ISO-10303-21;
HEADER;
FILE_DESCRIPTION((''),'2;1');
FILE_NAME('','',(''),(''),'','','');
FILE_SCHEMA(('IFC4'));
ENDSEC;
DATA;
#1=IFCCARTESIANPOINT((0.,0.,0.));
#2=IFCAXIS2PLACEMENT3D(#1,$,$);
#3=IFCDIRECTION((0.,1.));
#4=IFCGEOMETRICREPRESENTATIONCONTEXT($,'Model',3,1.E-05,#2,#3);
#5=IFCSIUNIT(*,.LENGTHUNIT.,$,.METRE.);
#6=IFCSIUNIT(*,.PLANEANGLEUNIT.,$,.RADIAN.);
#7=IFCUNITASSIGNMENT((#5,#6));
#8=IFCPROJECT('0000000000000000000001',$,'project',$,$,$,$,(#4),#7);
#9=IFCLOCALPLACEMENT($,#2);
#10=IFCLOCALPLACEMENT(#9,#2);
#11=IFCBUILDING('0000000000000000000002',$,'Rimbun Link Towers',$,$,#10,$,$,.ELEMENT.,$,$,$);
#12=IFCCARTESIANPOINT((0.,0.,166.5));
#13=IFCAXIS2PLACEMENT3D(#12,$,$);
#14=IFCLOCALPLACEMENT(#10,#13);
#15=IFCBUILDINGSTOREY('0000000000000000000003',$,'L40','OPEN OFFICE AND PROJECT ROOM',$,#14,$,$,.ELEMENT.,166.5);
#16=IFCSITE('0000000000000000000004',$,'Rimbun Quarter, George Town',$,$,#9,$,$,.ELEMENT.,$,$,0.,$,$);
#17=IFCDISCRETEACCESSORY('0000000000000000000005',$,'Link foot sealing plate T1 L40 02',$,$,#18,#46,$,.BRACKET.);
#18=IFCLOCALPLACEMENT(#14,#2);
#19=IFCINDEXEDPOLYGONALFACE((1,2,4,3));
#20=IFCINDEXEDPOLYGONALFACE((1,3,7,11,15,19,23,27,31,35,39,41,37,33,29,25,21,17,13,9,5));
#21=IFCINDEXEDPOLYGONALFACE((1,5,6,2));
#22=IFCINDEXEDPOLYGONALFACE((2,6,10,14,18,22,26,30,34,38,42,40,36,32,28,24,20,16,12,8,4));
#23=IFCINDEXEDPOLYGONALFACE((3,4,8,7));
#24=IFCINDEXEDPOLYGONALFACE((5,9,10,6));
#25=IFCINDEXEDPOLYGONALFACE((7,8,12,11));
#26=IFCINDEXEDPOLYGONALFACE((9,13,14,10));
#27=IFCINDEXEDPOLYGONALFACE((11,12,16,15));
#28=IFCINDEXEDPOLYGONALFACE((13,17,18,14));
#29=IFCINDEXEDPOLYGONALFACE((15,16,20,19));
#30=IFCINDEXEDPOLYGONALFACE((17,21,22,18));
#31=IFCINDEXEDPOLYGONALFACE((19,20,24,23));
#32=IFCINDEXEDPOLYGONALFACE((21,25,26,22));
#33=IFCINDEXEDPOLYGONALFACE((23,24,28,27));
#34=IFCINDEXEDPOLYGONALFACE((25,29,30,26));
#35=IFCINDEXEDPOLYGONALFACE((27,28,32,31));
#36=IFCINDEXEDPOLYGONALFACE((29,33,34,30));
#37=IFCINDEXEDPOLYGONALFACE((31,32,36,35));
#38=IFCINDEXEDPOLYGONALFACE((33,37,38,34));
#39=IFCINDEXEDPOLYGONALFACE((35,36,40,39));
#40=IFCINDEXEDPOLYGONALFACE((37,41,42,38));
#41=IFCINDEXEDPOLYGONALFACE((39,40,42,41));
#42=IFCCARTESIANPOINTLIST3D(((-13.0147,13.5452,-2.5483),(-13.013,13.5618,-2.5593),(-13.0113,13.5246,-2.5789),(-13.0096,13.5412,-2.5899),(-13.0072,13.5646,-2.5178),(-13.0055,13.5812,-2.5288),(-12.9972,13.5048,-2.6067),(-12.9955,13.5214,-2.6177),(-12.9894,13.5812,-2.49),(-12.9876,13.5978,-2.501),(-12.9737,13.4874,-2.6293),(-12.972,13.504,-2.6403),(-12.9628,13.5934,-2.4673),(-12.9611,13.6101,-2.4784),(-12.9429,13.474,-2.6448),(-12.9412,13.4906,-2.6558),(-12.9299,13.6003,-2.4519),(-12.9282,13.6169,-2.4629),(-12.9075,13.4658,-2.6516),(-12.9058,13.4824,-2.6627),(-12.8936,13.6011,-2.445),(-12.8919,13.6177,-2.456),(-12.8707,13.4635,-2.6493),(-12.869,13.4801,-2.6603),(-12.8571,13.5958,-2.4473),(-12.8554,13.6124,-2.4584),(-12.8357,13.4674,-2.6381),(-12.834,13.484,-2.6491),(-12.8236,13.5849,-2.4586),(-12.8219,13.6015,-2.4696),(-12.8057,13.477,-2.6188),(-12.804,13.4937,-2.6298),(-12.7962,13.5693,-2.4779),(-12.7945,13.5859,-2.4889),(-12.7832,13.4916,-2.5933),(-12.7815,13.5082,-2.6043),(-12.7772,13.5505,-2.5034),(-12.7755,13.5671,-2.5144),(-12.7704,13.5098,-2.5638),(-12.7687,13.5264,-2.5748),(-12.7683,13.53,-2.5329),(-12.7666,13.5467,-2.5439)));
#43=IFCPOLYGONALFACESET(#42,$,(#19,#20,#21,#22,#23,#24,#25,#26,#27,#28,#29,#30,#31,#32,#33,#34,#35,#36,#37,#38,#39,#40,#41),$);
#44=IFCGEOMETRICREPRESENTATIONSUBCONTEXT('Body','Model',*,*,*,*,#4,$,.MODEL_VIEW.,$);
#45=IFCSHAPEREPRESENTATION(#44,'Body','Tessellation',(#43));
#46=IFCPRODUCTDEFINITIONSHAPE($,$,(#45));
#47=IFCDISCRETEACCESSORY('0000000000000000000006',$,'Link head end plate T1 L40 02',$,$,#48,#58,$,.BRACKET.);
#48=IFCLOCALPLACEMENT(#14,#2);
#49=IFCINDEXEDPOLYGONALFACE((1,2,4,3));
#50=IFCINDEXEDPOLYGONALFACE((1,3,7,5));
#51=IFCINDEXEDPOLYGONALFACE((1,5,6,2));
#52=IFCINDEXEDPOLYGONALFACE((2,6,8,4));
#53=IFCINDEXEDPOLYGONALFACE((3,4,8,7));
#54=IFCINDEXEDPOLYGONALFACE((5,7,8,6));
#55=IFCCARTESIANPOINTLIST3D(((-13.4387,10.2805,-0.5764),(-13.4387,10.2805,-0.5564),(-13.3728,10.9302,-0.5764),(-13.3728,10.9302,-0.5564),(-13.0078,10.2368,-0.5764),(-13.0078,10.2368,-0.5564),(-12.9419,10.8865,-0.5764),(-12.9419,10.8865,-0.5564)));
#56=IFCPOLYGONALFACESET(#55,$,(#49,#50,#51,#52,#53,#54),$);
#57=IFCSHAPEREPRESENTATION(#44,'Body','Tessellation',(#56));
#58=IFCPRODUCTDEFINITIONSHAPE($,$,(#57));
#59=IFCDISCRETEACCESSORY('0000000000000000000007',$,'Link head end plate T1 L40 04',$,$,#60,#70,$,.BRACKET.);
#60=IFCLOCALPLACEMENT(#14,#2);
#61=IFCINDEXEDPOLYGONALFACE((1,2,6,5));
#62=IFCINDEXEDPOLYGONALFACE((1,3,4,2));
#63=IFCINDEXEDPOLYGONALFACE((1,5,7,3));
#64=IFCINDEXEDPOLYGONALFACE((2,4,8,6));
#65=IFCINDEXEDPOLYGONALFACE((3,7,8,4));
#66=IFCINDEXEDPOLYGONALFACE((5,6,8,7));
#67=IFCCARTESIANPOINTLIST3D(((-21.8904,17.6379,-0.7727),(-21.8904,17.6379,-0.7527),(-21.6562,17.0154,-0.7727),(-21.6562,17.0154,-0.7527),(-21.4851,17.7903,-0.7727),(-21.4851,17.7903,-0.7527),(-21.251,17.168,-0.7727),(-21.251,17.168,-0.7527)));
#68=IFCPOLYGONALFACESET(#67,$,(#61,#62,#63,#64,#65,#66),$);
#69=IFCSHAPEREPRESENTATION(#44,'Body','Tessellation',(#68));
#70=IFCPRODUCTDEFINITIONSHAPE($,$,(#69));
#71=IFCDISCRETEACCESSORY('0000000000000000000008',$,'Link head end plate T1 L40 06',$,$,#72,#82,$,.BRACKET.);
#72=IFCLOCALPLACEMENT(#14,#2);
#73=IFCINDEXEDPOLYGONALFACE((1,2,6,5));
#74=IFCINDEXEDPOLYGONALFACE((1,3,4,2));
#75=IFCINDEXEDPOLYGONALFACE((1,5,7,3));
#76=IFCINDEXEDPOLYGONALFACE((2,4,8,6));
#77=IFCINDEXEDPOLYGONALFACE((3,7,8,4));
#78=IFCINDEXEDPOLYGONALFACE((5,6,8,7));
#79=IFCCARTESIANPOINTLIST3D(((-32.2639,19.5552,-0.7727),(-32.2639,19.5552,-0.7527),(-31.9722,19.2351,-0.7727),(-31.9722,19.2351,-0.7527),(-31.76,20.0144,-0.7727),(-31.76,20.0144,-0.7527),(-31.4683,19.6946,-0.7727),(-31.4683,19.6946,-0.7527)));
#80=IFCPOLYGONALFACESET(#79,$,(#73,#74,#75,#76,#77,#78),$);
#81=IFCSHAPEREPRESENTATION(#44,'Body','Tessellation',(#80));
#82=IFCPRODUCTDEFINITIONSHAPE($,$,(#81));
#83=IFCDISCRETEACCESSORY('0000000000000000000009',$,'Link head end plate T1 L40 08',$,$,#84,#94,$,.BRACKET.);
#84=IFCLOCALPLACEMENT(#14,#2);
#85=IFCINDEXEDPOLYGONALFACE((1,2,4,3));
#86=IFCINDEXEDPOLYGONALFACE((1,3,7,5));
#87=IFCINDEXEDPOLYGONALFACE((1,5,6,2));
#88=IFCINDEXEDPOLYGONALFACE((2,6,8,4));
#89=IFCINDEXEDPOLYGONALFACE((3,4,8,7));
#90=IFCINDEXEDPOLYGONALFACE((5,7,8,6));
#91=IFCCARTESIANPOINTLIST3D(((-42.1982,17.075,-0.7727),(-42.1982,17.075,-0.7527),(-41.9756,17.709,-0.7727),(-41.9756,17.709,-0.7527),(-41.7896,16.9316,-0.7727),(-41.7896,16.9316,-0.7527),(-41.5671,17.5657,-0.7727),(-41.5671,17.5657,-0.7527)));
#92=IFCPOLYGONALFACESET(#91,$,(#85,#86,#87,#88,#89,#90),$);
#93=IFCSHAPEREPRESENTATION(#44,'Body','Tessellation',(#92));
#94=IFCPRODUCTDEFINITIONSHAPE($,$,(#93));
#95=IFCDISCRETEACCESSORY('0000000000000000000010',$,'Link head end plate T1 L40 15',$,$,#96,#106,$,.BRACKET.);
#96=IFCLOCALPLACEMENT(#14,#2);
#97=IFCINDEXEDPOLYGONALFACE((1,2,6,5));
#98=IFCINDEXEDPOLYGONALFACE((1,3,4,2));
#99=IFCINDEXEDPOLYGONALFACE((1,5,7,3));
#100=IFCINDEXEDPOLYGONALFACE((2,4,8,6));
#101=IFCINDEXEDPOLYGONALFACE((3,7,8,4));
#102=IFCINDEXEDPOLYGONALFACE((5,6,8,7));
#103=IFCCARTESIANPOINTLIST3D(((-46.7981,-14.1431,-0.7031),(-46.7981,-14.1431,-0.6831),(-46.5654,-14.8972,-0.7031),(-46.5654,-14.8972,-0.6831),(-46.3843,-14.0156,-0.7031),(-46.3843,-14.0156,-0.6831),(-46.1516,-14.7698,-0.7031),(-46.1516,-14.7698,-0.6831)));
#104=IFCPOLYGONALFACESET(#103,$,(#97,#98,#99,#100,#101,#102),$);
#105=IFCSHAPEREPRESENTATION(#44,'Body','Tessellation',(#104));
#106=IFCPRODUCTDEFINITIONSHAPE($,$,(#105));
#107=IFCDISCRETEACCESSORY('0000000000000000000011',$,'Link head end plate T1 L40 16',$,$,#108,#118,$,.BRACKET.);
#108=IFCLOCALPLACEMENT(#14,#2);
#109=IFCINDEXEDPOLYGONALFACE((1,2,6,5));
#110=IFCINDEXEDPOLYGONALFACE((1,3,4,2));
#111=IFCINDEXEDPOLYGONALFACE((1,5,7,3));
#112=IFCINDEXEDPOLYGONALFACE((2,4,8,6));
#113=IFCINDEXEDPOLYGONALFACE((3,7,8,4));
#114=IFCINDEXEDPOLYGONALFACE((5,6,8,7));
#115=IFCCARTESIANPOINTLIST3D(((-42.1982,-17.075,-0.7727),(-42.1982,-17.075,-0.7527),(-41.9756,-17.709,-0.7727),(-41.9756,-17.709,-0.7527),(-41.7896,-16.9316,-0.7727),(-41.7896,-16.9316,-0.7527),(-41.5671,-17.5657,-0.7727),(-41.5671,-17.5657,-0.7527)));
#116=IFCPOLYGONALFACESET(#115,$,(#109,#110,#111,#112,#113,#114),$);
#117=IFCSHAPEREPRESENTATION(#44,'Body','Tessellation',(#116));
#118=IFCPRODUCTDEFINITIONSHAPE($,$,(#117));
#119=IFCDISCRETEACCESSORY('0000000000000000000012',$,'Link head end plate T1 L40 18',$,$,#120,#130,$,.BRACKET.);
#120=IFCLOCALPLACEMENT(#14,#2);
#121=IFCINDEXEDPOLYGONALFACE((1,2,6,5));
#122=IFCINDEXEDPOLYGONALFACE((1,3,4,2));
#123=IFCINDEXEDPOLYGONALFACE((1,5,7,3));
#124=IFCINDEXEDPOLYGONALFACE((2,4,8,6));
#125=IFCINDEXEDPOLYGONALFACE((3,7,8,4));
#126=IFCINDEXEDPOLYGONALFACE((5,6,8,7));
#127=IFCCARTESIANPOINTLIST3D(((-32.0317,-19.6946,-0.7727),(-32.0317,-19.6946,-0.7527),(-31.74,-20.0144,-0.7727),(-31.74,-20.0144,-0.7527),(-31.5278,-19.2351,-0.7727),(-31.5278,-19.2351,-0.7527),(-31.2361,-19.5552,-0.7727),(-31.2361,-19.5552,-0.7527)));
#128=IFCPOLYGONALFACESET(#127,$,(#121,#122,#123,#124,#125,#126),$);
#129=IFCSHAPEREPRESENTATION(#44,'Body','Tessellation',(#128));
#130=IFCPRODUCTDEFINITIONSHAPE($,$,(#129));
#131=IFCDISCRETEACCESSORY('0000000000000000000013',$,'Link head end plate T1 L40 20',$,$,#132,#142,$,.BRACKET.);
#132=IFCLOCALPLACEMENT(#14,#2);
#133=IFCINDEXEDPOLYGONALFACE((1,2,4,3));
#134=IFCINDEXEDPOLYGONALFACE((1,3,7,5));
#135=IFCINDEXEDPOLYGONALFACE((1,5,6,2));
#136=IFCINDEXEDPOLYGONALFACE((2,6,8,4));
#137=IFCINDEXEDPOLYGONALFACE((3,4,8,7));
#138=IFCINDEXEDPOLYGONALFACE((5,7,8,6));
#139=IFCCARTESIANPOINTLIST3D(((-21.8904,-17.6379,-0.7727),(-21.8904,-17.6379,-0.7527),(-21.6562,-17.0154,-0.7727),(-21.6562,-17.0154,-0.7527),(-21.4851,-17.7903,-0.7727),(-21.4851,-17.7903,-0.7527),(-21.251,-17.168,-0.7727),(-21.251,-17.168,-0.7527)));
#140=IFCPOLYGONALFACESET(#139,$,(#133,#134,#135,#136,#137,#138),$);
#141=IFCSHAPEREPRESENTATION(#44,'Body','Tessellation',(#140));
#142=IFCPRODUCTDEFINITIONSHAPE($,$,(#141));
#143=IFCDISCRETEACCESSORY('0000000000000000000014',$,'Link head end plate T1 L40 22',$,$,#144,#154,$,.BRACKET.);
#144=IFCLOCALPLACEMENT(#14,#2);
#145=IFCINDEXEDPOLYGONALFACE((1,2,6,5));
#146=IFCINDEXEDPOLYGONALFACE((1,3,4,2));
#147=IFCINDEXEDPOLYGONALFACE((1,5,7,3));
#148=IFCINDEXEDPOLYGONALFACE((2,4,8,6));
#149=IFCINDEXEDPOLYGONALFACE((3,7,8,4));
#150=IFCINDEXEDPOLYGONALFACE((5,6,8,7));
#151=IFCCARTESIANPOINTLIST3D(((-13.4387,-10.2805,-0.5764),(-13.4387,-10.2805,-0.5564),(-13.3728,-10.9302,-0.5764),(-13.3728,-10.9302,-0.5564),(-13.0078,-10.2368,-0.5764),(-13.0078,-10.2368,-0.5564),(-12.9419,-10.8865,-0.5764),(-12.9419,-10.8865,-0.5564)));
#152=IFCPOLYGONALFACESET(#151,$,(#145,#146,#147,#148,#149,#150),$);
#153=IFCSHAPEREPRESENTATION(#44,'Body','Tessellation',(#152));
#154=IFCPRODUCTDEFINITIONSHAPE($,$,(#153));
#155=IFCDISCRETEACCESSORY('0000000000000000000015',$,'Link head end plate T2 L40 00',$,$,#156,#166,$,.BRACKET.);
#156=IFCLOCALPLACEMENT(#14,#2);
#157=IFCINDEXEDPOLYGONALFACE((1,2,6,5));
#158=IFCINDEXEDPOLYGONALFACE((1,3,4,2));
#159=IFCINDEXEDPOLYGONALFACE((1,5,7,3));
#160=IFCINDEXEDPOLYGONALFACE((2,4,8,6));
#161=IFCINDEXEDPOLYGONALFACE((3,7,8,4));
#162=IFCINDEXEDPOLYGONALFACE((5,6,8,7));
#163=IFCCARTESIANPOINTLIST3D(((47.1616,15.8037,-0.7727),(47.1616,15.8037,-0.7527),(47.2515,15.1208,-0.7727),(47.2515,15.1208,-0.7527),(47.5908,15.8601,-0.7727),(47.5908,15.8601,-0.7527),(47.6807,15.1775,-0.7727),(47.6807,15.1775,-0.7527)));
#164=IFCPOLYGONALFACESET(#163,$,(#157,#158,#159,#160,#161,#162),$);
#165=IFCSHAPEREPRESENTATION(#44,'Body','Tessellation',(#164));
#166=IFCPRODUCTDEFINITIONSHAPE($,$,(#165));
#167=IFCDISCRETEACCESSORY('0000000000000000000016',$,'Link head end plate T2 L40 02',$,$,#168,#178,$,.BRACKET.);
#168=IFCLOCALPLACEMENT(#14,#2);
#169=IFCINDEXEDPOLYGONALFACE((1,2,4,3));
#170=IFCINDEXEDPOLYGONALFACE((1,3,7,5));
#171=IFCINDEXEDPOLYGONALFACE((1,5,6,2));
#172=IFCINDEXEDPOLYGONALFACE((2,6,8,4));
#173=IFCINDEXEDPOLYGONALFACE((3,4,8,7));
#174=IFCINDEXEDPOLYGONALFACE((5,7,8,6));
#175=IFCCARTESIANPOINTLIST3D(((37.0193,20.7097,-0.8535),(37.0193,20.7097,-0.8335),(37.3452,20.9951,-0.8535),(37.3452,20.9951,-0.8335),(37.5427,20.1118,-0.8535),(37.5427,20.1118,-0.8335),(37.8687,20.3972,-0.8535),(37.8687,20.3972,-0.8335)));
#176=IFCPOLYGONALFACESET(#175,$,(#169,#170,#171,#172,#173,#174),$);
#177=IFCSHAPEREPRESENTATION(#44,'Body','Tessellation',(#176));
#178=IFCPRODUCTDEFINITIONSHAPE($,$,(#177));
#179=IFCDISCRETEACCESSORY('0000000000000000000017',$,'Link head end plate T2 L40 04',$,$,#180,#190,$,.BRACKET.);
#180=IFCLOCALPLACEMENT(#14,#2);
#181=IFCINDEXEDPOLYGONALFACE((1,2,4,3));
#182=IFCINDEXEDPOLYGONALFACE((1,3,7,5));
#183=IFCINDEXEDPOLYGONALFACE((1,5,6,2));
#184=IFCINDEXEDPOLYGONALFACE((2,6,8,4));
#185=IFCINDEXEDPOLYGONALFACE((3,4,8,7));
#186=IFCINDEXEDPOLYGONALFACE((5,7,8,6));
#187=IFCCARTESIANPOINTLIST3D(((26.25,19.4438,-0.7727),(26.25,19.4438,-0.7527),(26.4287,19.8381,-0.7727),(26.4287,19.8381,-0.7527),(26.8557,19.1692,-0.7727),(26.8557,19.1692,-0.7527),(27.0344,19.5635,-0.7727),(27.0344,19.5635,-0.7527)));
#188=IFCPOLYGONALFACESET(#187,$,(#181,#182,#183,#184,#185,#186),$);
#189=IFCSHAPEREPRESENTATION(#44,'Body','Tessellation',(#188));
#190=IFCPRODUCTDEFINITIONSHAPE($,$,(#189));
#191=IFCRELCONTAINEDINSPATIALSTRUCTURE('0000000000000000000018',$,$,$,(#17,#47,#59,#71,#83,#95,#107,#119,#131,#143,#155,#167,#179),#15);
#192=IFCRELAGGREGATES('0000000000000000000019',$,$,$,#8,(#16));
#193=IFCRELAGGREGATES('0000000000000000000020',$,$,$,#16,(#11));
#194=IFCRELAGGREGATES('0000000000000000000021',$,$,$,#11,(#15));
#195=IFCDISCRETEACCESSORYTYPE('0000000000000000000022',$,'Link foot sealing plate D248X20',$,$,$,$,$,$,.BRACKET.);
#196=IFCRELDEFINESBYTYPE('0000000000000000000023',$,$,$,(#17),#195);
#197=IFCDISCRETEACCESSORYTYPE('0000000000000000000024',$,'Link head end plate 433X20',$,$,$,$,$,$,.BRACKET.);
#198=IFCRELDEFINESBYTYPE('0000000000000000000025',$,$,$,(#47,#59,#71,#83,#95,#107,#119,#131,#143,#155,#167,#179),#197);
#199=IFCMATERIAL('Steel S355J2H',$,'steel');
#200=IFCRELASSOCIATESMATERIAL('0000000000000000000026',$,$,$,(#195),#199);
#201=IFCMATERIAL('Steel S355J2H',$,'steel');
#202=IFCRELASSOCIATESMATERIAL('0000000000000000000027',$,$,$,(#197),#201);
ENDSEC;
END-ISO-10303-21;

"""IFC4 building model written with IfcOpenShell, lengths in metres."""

from ifc_helpers import new_model, si_unit, direction, frame, origin, origin_2d, place, context, subcontext, project, spatial, polyline, rectangle, circle, outline, extrude, material, material_profile, profile_set, type_object, element, save


model = new_model("IFC4")

# Units and contexts
model_context = context("Model", 3, precision=1e-05, world=origin(), true_north=direction((0.0, 1.0)))
body_context = subcontext(model_context, "Body", "Model", "MODEL_VIEW")
ifc_project = project(units=[si_unit("LENGTHUNIT", "METRE"), si_unit("PLANEANGLEUNIT", "RADIAN")], contexts=[model_context])

# Site, building, storey
site_placement = place(None, origin())
site = spatial("IfcSite", under=ifc_project, at=site_placement, Name="Rimbun Quarter, George Town", CompositionType="ELEMENT", RefElevation=0.0)
building_placement = place(site_placement, origin())
building = spatial("IfcBuilding", under=site, at=building_placement, Name="Rimbun Link Towers", CompositionType="ELEMENT")
storey_placement = place(building_placement, frame((0.0, 0.0, 166.5)))
storey = spatial("IfcBuildingStorey", under=building, at=storey_placement, Name="L40", Description="OPEN OFFICE AND PROJECT ROOM", CompositionType="ELEMENT", Elevation=166.5)

# Discrete accessories
ifc_material_1 = material(Name="Steel S355J2H", Category="steel")
ifc_material_profile_1 = material_profile(ifc_material_1, circle(Radius=0.124, at=origin_2d()), Name="PL D248")
ifc_profile_set_1 = profile_set([ifc_material_profile_1], Name="Steel S355J2H")
discrete_accessory_type_1 = type_object("IfcDiscreteAccessoryType", Name="Link foot sealing plate D248X20", PredefinedType="BRACKET", material=ifc_profile_set_1)
discrete_accessory_1_placement = place(storey_placement, frame((-12.8914, 13.5325, -2.5483), z_axis=(0.085531, 0.830876, -0.549845), x_axis=(-0.994743, 0.1024, 0.0)))
element("IfcDiscreteAccessory", 1, at=discrete_accessory_1_placement, inside=storey, type_object=discrete_accessory_type_1, Name="Link foot sealing plate T1 L40 02", PredefinedType="BRACKET", context=body_context, shape_type="SweptSolid", body=[
    extrude(circle(Radius=0.124, at=origin_2d()), origin(), (0.0, 0.0, 1.0), 0.02),
])
ifc_material_2 = material(Name="Steel S355J2H", Category="steel")
ifc_material_profile_2 = material_profile(ifc_material_2, rectangle(XDim=0.4331, YDim=0.4331, at=origin_2d()), Name="PL 433x433")
ifc_profile_set_2 = profile_set([ifc_material_profile_2], Name="Steel S355J2H")
discrete_accessory_type_2 = type_object("IfcDiscreteAccessoryType", Name="Link head end plate 433X20", PredefinedType="BRACKET", material=ifc_profile_set_2)
discrete_accessory_2_placement = place(storey_placement, frame((0.0, 0.0, -0.5764)))
element("IfcDiscreteAccessory", 2, at=discrete_accessory_2_placement, inside=storey, type_object=discrete_accessory_type_2, Name="Link head end plate T1 L40 02", PredefinedType="BRACKET", context=body_context, shape_type="SweptSolid", body=[
    extrude(outline(polyline([(-13.0078, 10.2368), (-12.9419, 10.8865), (-13.3728, 10.9302), (-13.4387, 10.2805), (-13.0078, 10.2368)])), origin(), (0.0, 0.0, 1.0), 0.02),
])
discrete_accessory_3_placement = place(storey_placement, frame((0.0, 0.0, -0.7727)))
element("IfcDiscreteAccessory", 3, at=discrete_accessory_3_placement, inside=storey, type_object=discrete_accessory_type_2, Name="Link head end plate T1 L40 04", PredefinedType="BRACKET", context=body_context, shape_type="SweptSolid", body=[
    extrude(outline(polyline([(-21.251, 17.168), (-21.4851, 17.7903), (-21.8904, 17.6379), (-21.6562, 17.0154), (-21.251, 17.168)])), origin(), (0.0, 0.0, 1.0), 0.02),
])
discrete_accessory_4_placement = place(storey_placement, frame((0.0, 0.0, -0.7727)))
element("IfcDiscreteAccessory", 4, at=discrete_accessory_4_placement, inside=storey, type_object=discrete_accessory_type_2, Name="Link head end plate T1 L40 06", PredefinedType="BRACKET", context=body_context, shape_type="SweptSolid", body=[
    extrude(outline(polyline([(-31.9722, 19.2351), (-31.4683, 19.6946), (-31.76, 20.0144), (-32.2639, 19.5552), (-31.9722, 19.2351)])), origin(), (0.0, 0.0, 1.0), 0.02),
])
discrete_accessory_5_placement = place(storey_placement, frame((0.0, 0.0, -0.7727)))
element("IfcDiscreteAccessory", 5, at=discrete_accessory_5_placement, inside=storey, type_object=discrete_accessory_type_2, Name="Link head end plate T1 L40 08", PredefinedType="BRACKET", context=body_context, shape_type="SweptSolid", body=[
    extrude(outline(polyline([(-41.7896, 16.9316), (-41.5671, 17.5657), (-41.9756, 17.709), (-42.1982, 17.075), (-41.7896, 16.9316)])), origin(), (0.0, 0.0, 1.0), 0.02),
])
discrete_accessory_6_placement = place(storey_placement, frame((0.0, 0.0, -0.7031)))
element("IfcDiscreteAccessory", 6, at=discrete_accessory_6_placement, inside=storey, type_object=discrete_accessory_type_2, Name="Link head end plate T1 L40 15", PredefinedType="BRACKET", context=body_context, shape_type="SweptSolid", body=[
    extrude(outline(polyline([(-46.7981, -14.1431), (-46.5654, -14.8972), (-46.1516, -14.7698), (-46.3843, -14.0156), (-46.7981, -14.1431)])), origin(), (0.0, 0.0, 1.0), 0.02),
])
discrete_accessory_7_placement = place(storey_placement, frame((0.0, 0.0, -0.7727)))
element("IfcDiscreteAccessory", 7, at=discrete_accessory_7_placement, inside=storey, type_object=discrete_accessory_type_2, Name="Link head end plate T1 L40 16", PredefinedType="BRACKET", context=body_context, shape_type="SweptSolid", body=[
    extrude(outline(polyline([(-42.1982, -17.075), (-41.9756, -17.709), (-41.5671, -17.5657), (-41.7896, -16.9316), (-42.1982, -17.075)])), origin(), (0.0, 0.0, 1.0), 0.02),
])
discrete_accessory_8_placement = place(storey_placement, frame((0.0, 0.0, -0.7727)))
element("IfcDiscreteAccessory", 8, at=discrete_accessory_8_placement, inside=storey, type_object=discrete_accessory_type_2, Name="Link head end plate T1 L40 18", PredefinedType="BRACKET", context=body_context, shape_type="SweptSolid", body=[
    extrude(outline(polyline([(-31.5278, -19.2351), (-32.0317, -19.6946), (-31.74, -20.0144), (-31.2361, -19.5552), (-31.5278, -19.2351)])), origin(), (0.0, 0.0, 1.0), 0.02),
])
discrete_accessory_9_placement = place(storey_placement, frame((0.0, 0.0, -0.7727)))
element("IfcDiscreteAccessory", 9, at=discrete_accessory_9_placement, inside=storey, type_object=discrete_accessory_type_2, Name="Link head end plate T1 L40 20", PredefinedType="BRACKET", context=body_context, shape_type="SweptSolid", body=[
    extrude(outline(polyline([(-21.6562, -17.0154), (-21.8904, -17.6379), (-21.4851, -17.7903), (-21.251, -17.168), (-21.6562, -17.0154)])), origin(), (0.0, 0.0, 1.0), 0.02),
])
discrete_accessory_10_placement = place(storey_placement, frame((0.0, 0.0, -0.5764)))
element("IfcDiscreteAccessory", 10, at=discrete_accessory_10_placement, inside=storey, type_object=discrete_accessory_type_2, Name="Link head end plate T1 L40 22", PredefinedType="BRACKET", context=body_context, shape_type="SweptSolid", body=[
    extrude(outline(polyline([(-13.4387, -10.2805), (-13.3728, -10.9302), (-12.9419, -10.8865), (-13.0078, -10.2368), (-13.4387, -10.2805)])), origin(), (0.0, 0.0, 1.0), 0.02),
])
discrete_accessory_11_placement = place(storey_placement, frame((0.0, 0.0, -0.7727)))
element("IfcDiscreteAccessory", 11, at=discrete_accessory_11_placement, inside=storey, type_object=discrete_accessory_type_2, Name="Link head end plate T2 L40 00", PredefinedType="BRACKET", context=body_context, shape_type="SweptSolid", body=[
    extrude(outline(polyline([(47.6807, 15.1775), (47.5908, 15.8601), (47.1616, 15.8037), (47.2515, 15.1208), (47.6807, 15.1775)])), origin(), (0.0, 0.0, 1.0), 0.02),
])
discrete_accessory_12_placement = place(storey_placement, frame((0.0, 0.0, -0.8535)))
element("IfcDiscreteAccessory", 12, at=discrete_accessory_12_placement, inside=storey, type_object=discrete_accessory_type_2, Name="Link head end plate T2 L40 02", PredefinedType="BRACKET", context=body_context, shape_type="SweptSolid", body=[
    extrude(outline(polyline([(37.8687, 20.3972), (37.3452, 20.9951), (37.0193, 20.7097), (37.5427, 20.1118), (37.8687, 20.3972)])), origin(), (0.0, 0.0, 1.0), 0.02),
])
discrete_accessory_13_placement = place(storey_placement, frame((0.0, 0.0, -0.7727)))
element("IfcDiscreteAccessory", 13, at=discrete_accessory_13_placement, inside=storey, type_object=discrete_accessory_type_2, Name="Link head end plate T2 L40 04", PredefinedType="BRACKET", context=body_context, shape_type="SweptSolid", body=[
    extrude(outline(polyline([(27.0344, 19.5635), (26.4287, 19.8381), (26.25, 19.4438), (26.8557, 19.1692), (27.0344, 19.5635)])), origin(), (0.0, 0.0, 1.0), 0.02),
])

save(model, "model.ifc")
